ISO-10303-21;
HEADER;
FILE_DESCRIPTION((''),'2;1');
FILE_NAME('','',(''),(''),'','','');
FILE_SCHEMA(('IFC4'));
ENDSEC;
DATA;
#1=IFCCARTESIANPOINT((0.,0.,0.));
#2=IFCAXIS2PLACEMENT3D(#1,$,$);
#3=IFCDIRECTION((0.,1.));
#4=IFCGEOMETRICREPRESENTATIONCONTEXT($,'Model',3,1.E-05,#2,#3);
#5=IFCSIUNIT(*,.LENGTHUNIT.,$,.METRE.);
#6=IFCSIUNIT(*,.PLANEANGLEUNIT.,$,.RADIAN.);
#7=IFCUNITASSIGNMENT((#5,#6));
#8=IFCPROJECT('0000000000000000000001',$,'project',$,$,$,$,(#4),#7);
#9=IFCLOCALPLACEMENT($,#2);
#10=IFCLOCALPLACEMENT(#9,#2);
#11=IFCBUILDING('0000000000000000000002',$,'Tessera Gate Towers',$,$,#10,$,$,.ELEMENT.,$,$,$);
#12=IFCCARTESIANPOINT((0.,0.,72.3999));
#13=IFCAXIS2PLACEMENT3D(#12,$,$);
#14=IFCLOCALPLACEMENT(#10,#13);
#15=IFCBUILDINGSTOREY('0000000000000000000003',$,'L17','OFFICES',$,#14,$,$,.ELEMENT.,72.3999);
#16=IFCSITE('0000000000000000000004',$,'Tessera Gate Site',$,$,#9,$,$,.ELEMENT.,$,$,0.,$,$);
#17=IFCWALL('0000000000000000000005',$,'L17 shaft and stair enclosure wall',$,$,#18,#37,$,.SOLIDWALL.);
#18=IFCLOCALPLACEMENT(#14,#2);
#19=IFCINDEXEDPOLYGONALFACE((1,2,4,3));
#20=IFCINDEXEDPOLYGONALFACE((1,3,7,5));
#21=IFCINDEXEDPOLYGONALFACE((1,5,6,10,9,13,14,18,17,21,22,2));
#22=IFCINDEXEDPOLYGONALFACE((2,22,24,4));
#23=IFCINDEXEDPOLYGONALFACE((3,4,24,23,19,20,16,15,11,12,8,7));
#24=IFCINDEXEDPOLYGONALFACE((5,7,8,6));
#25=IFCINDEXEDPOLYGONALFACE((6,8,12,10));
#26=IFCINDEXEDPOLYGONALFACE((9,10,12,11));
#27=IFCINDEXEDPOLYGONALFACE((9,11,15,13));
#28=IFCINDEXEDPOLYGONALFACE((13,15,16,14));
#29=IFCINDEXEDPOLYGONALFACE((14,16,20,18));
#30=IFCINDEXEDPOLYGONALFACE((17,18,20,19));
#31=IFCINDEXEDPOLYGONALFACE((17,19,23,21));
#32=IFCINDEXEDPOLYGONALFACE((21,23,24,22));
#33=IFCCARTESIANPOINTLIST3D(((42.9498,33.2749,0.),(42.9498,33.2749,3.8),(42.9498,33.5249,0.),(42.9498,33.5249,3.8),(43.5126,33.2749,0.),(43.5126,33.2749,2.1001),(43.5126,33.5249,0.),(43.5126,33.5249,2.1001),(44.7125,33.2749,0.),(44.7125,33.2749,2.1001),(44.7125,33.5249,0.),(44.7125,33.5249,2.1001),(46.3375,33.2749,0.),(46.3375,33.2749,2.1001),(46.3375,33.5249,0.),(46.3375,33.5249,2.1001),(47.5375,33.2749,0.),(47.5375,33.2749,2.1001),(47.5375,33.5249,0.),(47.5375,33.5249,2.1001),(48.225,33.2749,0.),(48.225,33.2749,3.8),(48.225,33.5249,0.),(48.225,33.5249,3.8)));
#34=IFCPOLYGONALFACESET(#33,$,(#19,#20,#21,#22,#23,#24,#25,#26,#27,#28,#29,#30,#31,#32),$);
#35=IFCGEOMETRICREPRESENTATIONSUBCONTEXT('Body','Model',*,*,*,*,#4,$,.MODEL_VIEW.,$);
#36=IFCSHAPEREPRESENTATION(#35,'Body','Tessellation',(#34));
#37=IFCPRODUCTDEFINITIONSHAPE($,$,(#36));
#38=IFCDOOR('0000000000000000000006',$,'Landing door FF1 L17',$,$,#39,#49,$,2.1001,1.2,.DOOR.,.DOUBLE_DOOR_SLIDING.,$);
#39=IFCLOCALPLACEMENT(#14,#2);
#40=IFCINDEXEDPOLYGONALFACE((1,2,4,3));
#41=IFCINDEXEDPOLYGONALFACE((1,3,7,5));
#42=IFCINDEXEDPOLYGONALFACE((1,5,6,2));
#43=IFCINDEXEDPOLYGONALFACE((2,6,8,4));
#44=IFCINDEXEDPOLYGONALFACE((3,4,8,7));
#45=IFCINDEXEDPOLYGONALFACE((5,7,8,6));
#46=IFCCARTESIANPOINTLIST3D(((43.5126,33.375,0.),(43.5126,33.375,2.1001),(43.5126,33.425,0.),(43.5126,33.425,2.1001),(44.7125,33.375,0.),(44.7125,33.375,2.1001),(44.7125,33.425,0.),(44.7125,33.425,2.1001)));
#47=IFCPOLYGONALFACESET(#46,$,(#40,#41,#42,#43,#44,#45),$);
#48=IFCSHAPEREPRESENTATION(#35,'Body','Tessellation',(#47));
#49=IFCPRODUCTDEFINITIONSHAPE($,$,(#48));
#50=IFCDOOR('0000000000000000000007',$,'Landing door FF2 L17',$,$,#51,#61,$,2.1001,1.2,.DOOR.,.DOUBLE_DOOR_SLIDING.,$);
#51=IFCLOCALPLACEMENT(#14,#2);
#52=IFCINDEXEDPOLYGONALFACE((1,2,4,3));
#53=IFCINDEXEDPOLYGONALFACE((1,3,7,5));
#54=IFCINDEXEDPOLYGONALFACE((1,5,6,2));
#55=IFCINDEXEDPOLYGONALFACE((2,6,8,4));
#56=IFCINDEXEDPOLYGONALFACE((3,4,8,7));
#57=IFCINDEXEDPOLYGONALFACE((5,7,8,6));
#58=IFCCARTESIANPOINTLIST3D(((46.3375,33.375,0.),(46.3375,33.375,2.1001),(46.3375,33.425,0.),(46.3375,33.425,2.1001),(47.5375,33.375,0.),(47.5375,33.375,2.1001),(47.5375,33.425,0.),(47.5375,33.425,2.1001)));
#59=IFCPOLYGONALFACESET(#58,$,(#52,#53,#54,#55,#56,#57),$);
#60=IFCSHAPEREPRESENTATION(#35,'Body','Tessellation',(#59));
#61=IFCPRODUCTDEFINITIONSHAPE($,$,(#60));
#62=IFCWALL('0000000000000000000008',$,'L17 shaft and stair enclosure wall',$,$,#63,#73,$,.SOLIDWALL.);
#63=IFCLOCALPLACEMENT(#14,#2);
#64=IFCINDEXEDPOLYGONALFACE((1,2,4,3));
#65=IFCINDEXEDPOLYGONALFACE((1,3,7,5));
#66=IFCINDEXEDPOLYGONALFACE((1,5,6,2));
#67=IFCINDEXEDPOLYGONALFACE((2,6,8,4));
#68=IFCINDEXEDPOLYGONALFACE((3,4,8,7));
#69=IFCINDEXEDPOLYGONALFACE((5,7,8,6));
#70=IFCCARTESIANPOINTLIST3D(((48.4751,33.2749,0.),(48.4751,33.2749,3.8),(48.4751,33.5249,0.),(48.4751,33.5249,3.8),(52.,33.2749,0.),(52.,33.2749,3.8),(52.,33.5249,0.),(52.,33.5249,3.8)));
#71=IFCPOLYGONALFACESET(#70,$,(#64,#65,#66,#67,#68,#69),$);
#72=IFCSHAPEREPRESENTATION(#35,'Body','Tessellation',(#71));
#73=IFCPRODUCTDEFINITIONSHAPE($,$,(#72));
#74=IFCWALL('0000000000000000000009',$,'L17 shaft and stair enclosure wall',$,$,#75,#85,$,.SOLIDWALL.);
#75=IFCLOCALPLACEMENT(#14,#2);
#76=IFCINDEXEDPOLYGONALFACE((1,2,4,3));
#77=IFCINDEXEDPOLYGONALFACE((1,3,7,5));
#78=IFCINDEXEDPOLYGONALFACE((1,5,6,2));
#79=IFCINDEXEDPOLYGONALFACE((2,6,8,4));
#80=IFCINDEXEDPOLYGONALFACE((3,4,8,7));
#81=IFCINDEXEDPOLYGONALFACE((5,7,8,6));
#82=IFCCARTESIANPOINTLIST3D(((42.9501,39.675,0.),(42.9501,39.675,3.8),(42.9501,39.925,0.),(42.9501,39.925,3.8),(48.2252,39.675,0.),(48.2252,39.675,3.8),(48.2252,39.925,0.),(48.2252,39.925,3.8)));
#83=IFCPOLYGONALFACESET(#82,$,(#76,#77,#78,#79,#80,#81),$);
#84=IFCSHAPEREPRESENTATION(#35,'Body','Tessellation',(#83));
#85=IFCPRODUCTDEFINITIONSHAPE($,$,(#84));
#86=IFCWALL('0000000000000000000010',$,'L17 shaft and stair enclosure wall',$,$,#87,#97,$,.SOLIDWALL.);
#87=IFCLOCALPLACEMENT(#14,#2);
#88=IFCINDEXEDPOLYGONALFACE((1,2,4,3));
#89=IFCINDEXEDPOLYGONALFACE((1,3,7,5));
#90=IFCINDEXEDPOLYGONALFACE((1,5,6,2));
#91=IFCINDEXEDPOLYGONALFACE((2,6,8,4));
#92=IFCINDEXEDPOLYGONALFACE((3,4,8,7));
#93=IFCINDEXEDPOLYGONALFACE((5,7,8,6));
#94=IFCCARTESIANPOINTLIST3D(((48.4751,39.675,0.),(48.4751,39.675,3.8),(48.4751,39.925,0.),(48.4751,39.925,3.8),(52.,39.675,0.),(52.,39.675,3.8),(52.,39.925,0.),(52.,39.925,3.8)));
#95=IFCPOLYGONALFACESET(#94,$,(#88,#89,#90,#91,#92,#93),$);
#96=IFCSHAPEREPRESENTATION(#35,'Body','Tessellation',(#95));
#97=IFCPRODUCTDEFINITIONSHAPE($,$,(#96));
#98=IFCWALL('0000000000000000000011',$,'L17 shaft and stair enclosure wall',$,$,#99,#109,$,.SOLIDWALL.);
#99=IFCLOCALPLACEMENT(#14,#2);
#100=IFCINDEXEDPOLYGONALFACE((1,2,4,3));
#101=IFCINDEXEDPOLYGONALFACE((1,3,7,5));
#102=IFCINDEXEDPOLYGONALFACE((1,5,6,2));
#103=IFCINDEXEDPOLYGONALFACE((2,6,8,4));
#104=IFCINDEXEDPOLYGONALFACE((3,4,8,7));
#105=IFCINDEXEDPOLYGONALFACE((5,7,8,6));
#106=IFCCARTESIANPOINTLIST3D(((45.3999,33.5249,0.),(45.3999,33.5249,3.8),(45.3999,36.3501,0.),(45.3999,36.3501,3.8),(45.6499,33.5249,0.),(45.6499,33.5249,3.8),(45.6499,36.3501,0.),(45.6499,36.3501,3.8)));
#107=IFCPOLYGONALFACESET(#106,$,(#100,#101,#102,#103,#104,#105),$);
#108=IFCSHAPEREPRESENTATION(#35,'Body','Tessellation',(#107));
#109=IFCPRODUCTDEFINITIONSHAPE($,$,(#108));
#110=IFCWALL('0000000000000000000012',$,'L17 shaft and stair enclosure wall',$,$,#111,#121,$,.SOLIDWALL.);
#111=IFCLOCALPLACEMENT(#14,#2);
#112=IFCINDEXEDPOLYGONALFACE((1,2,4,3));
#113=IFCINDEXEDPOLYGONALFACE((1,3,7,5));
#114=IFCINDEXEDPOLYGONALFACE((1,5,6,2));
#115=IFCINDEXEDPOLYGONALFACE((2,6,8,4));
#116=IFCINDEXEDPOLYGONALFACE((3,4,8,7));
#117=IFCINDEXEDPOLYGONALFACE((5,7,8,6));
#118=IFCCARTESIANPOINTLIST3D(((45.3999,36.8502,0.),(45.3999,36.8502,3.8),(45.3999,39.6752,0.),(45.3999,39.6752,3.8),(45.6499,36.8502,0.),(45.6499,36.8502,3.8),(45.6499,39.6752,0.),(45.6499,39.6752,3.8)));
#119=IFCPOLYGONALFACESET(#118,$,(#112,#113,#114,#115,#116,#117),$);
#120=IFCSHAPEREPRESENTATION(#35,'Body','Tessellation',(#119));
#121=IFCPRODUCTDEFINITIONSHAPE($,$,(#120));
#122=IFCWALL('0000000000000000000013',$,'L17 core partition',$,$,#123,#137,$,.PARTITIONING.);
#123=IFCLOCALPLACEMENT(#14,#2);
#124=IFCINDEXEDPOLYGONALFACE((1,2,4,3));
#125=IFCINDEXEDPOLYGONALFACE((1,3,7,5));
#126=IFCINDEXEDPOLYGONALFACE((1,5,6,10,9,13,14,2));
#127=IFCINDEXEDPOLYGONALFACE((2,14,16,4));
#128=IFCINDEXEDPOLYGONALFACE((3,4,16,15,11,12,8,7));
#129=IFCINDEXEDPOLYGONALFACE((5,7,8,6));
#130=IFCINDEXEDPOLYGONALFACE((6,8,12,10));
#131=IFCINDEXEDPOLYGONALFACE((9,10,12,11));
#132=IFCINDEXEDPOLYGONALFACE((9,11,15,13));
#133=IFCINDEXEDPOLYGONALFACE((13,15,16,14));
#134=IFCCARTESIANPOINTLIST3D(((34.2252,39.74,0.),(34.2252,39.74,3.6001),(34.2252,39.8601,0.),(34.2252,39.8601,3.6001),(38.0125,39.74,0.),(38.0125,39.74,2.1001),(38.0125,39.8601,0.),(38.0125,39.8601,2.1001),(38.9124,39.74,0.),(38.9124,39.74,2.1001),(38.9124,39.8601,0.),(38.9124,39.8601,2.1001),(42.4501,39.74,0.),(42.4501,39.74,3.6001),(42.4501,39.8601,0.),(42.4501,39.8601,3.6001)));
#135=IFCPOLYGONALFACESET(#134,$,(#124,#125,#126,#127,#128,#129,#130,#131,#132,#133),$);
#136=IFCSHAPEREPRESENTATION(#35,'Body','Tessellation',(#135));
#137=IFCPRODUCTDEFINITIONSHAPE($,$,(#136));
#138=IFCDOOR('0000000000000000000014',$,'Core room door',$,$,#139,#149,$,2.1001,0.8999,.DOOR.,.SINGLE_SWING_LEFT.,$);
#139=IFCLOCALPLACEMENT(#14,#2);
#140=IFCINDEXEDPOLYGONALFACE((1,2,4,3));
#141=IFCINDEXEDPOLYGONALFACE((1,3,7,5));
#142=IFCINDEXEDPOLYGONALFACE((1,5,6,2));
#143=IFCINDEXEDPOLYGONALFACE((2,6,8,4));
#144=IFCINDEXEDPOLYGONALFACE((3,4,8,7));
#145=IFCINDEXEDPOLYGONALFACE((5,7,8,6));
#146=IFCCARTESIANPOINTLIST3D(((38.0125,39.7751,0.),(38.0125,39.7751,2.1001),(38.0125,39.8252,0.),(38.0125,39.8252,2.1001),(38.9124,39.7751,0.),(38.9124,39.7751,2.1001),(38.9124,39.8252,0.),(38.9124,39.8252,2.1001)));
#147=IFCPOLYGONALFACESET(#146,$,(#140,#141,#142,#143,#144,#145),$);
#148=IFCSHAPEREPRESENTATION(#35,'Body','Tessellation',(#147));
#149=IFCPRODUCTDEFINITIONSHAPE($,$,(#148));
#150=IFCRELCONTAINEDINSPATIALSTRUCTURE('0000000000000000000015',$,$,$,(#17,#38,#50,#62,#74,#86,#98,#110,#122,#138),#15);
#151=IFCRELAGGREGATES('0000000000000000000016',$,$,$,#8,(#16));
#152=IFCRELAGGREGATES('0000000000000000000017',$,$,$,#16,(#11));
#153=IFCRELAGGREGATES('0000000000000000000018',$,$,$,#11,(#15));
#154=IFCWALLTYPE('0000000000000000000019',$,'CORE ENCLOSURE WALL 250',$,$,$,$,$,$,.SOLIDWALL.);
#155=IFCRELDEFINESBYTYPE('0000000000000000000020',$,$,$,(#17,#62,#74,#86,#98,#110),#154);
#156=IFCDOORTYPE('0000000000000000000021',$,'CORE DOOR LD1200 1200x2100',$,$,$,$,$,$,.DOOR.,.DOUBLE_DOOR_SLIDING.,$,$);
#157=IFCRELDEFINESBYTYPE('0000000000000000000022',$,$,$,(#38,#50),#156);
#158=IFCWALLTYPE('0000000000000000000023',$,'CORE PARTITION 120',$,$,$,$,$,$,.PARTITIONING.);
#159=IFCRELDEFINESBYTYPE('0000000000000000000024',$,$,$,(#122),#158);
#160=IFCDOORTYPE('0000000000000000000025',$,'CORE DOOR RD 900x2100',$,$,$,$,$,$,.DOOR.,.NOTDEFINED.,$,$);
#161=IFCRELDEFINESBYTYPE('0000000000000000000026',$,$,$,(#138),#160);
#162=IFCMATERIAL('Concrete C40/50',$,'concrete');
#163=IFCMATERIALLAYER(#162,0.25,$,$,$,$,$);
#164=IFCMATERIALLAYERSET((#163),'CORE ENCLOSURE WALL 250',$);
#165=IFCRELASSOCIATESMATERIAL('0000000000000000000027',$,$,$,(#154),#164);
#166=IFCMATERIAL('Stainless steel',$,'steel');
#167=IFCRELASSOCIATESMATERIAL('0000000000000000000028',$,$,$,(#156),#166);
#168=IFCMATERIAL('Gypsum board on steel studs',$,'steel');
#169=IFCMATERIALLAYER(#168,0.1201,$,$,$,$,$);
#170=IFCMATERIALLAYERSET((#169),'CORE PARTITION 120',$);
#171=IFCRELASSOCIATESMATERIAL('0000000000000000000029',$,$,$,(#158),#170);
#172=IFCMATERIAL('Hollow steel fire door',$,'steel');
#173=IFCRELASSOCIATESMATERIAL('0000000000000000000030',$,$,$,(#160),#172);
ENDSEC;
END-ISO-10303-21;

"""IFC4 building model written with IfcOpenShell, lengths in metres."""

from ifc_helpers import new_model, si_unit, direction, frame, frame_2d, origin, place, context, subcontext, project, spatial, rectangle, extrude, source, transform, mapped, material, layer, layer_set, type_object, element, fill, save


model = new_model("IFC4")

# Units and contexts
model_context = context("Model", 3, precision=1e-05, world=origin(), true_north=direction((0.0, 1.0)))
body_context = subcontext(model_context, "Body", "Model", "MODEL_VIEW")
ifc_project = project(units=[si_unit("LENGTHUNIT", "METRE"), si_unit("PLANEANGLEUNIT", "RADIAN")], contexts=[model_context])

# Site, building, storey
site_placement = place(None, origin())
site = spatial("IfcSite", under=ifc_project, at=site_placement, Name="Tessera Gate Site", CompositionType="ELEMENT", RefElevation=0.0)
building_placement = place(site_placement, origin())
building = spatial("IfcBuilding", under=site, at=building_placement, Name="Tessera Gate Towers", CompositionType="ELEMENT")
storey_placement = place(building_placement, frame((0.0, 0.0, 72.3999)))
storey = spatial("IfcBuildingStorey", under=building, at=storey_placement, Name="L17", Description="OFFICES", CompositionType="ELEMENT", Elevation=72.3999)

# Shared definitions
ifc_material_1 = material(Name="Concrete C40/50", Category="concrete")
ifc_layer_1 = layer(ifc_material_1, 0.25)
ifc_layer_set_1 = layer_set([ifc_layer_1], Name="CORE ENCLOSURE WALL 250")
wall_type_1 = type_object("IfcWallType", Name="CORE ENCLOSURE WALL 250", PredefinedType="SOLIDWALL", material=ifc_layer_set_1)
shared_shape_1 = source(origin(), body_context, "Body", "SweptSolid", [
    extrude(rectangle(XDim=1.2, YDim=2.1001, at=frame_2d((0.6001, 1.05))), frame((0.0, 0.135, 0.0), z_axis=(0.0, -1.0, 0.0), x_axis=(1.0, 0.0, 0.0)), (0.0, 0.0, 1.0), 0.27),
])
shared_shape_2 = source(origin(), body_context, "Body", "SweptSolid", [
    extrude(rectangle(XDim=1.2, YDim=2.1001, at=frame_2d((0.6001, 1.05))), frame((0.0, 0.0249, 0.0), z_axis=(0.0, -1.0, 0.0), x_axis=(1.0, 0.0, 0.0)), (0.0, 0.0, 1.0), 0.05),
])

# Wall, openings, doors
wall_1_placement = place(storey_placement, frame((48.2251, 33.3999, 0.0), z_axis=(0.0, 0.0, 1.0), x_axis=(-1.0, 0.0, 0.0)))
wall_1 = element("IfcWall", 1, at=wall_1_placement, inside=storey, type_object=wall_type_1, Name="L17 shaft and stair enclosure wall", PredefinedType="SOLIDWALL", context=body_context, shape_type="SweptSolid", body=[
    extrude(rectangle(XDim=5.2751, YDim=0.25, at=frame_2d((2.6377, 0.0))), origin(), (0.0, 0.0, 1.0), 3.8),
])
opening_1_placement = place(wall_1_placement, frame((3.5125, 0.0, 0.0)))
opening_1 = element("IfcOpeningElement", 2, at=opening_1_placement, cuts=wall_1, PredefinedType="OPENING", context=body_context, shape_type="MappedRepresentation", body=[
    mapped(shared_shape_1, transform((0.0, 0.0, 0.0), scale=1.0)),
])
opening_2_placement = place(wall_1_placement, frame((0.6875, 0.0, 0.0)))
opening_2 = element("IfcOpeningElement", 3, at=opening_2_placement, cuts=wall_1, PredefinedType="OPENING", context=body_context, shape_type="MappedRepresentation", body=[
    mapped(shared_shape_1, transform((0.0, 0.0, 0.0), scale=1.0)),
])
ifc_material_2 = material(Name="Stainless steel", Category="steel")
door_type_1 = type_object("IfcDoorType", Name="CORE DOOR LD1200 1200x2100", OperationType="DOUBLE_DOOR_SLIDING", PredefinedType="DOOR", material=ifc_material_2)
door_1_placement = place(opening_1_placement, origin())
door_1 = element("IfcDoor", 4, at=door_1_placement, inside=storey, type_object=door_type_1, Name="Landing door FF1 L17", OperationType="DOUBLE_DOOR_SLIDING", OverallHeight=2.1001, OverallWidth=1.2, PredefinedType="DOOR", context=body_context, shape_type="MappedRepresentation", body=[
    mapped(shared_shape_2, transform((0.0, 0.0, 0.0), scale=1.0)),
])
fill(opening_1, door_1)
door_2_placement = place(opening_2_placement, origin())
door_2 = element("IfcDoor", 5, at=door_2_placement, inside=storey, type_object=door_type_1, Name="Landing door FF2 L17", OperationType="DOUBLE_DOOR_SLIDING", OverallHeight=2.1001, OverallWidth=1.2, PredefinedType="DOOR", context=body_context, shape_type="MappedRepresentation", body=[
    mapped(shared_shape_2, transform((0.0, 0.0, 0.0), scale=1.0)),
])
fill(opening_2, door_2)

# Walls
wall_2_placement = place(storey_placement, frame((48.4751, 33.3999, 0.0), z_axis=(0.0, 0.0, 1.0), x_axis=(1.0, 0.0, 0.0)))
element("IfcWall", 6, at=wall_2_placement, inside=storey, type_object=wall_type_1, Name="L17 shaft and stair enclosure wall", PredefinedType="SOLIDWALL", context=body_context, shape_type="SweptSolid", body=[
    extrude(rectangle(XDim=3.5249, YDim=0.25, at=frame_2d((1.7625, 0.0))), origin(), (0.0, 0.0, 1.0), 3.8),
])
wall_3_placement = place(storey_placement, frame((42.95, 39.8, 0.0), z_axis=(0.0, 0.0, 1.0), x_axis=(1.0, 0.0, 0.0)))
element("IfcWall", 7, at=wall_3_placement, inside=storey, type_object=wall_type_1, Name="L17 shaft and stair enclosure wall", PredefinedType="SOLIDWALL", context=body_context, shape_type="SweptSolid", body=[
    extrude(rectangle(XDim=5.2751, YDim=0.25, at=frame_2d((2.6377, 0.0))), origin(), (0.0, 0.0, 1.0), 3.8),
])
wall_4_placement = place(storey_placement, frame((48.4751, 39.8, 0.0), z_axis=(0.0, 0.0, 1.0), x_axis=(1.0, 0.0, 0.0)))
element("IfcWall", 8, at=wall_4_placement, inside=storey, type_object=wall_type_1, Name="L17 shaft and stair enclosure wall", PredefinedType="SOLIDWALL", context=body_context, shape_type="SweptSolid", body=[
    extrude(rectangle(XDim=3.5249, YDim=0.25, at=frame_2d((1.7625, 0.0))), origin(), (0.0, 0.0, 1.0), 3.8),
])
wall_5_placement = place(storey_placement, frame((45.5249, 33.5249, 0.0), z_axis=(0.0, 0.0, 1.0), x_axis=(0.0, 1.0, 0.0)))
element("IfcWall", 9, at=wall_5_placement, inside=storey, type_object=wall_type_1, Name="L17 shaft and stair enclosure wall", PredefinedType="SOLIDWALL", context=body_context, shape_type="SweptSolid", body=[
    extrude(rectangle(XDim=2.8252, YDim=0.25, at=frame_2d((1.4126, 0.0))), origin(), (0.0, 0.0, 1.0), 3.8),
])
wall_6_placement = place(storey_placement, frame((45.5249, 36.8501, 0.0), z_axis=(0.0, 0.0, 1.0), x_axis=(0.0, 1.0, 0.0)))
element("IfcWall", 10, at=wall_6_placement, inside=storey, type_object=wall_type_1, Name="L17 shaft and stair enclosure wall", PredefinedType="SOLIDWALL", context=body_context, shape_type="SweptSolid", body=[
    extrude(rectangle(XDim=2.825, YDim=0.25, at=frame_2d((1.4126, 0.0))), origin(), (0.0, 0.0, 1.0), 3.8),
])

# Wall, opening, door
ifc_material_3 = material(Name="Gypsum board on steel studs", Category="steel")
ifc_layer_2 = layer(ifc_material_3, 0.1201)
ifc_layer_set_2 = layer_set([ifc_layer_2], Name="CORE PARTITION 120")
wall_type_2 = type_object("IfcWallType", Name="CORE PARTITION 120", PredefinedType="PARTITIONING", material=ifc_layer_set_2)
wall_7_placement = place(storey_placement, frame((42.45, 39.8, 0.0), z_axis=(0.0, 0.0, 1.0), x_axis=(-1.0, 0.0, 0.0)))
wall_7 = element("IfcWall", 11, at=wall_7_placement, inside=storey, type_object=wall_type_2, Name="L17 core partition", PredefinedType="PARTITIONING", context=body_context, shape_type="SweptSolid", body=[
    extrude(rectangle(XDim=8.2249, YDim=0.1201, at=frame_2d((4.1123, 0.0))), origin(), (0.0, 0.0, 1.0), 3.6001),
])
shared_shape_3 = source(origin(), body_context, "Body", "SweptSolid", [
    extrude(rectangle(XDim=0.8999, YDim=2.1001, at=frame_2d((0.45, 1.05))), frame((0.0, 0.0701, 0.0), z_axis=(0.0, -1.0, 0.0), x_axis=(1.0, 0.0, 0.0)), (0.0, 0.0, 1.0), 0.1401),
])
opening_3_placement = place(wall_7_placement, frame((3.5376, 0.0, 0.0)))
opening_3 = element("IfcOpeningElement", 12, at=opening_3_placement, cuts=wall_7, PredefinedType="OPENING", context=body_context, shape_type="MappedRepresentation", body=[
    mapped(shared_shape_3, transform((0.0, 0.0, 0.0), scale=1.0)),
])
ifc_material_4 = material(Name="Hollow steel fire door", Category="steel")
door_type_2 = type_object("IfcDoorType", Name="CORE DOOR RD 900x2100", OperationType="NOTDEFINED", PredefinedType="DOOR", material=ifc_material_4)
shared_shape_4 = source(origin(), body_context, "Body", "SweptSolid", [
    extrude(rectangle(XDim=0.8999, YDim=2.1001, at=frame_2d((0.45, 1.05))), frame((0.0, 0.0249, 0.0), z_axis=(0.0, -1.0, 0.0), x_axis=(1.0, 0.0, 0.0)), (0.0, 0.0, 1.0), 0.05),
])
door_3_placement = place(opening_3_placement, origin())
door_3 = element("IfcDoor", 13, at=door_3_placement, inside=storey, type_object=door_type_2, Name="Core room door", OperationType="SINGLE_SWING_LEFT", OverallHeight=2.1001, OverallWidth=0.8999, PredefinedType="DOOR", context=body_context, shape_type="MappedRepresentation", body=[
    mapped(shared_shape_4, transform((0.0, 0.0, 0.0), scale=1.0)),
])
fill(opening_3, door_3)

save(model, "model.ifc")
